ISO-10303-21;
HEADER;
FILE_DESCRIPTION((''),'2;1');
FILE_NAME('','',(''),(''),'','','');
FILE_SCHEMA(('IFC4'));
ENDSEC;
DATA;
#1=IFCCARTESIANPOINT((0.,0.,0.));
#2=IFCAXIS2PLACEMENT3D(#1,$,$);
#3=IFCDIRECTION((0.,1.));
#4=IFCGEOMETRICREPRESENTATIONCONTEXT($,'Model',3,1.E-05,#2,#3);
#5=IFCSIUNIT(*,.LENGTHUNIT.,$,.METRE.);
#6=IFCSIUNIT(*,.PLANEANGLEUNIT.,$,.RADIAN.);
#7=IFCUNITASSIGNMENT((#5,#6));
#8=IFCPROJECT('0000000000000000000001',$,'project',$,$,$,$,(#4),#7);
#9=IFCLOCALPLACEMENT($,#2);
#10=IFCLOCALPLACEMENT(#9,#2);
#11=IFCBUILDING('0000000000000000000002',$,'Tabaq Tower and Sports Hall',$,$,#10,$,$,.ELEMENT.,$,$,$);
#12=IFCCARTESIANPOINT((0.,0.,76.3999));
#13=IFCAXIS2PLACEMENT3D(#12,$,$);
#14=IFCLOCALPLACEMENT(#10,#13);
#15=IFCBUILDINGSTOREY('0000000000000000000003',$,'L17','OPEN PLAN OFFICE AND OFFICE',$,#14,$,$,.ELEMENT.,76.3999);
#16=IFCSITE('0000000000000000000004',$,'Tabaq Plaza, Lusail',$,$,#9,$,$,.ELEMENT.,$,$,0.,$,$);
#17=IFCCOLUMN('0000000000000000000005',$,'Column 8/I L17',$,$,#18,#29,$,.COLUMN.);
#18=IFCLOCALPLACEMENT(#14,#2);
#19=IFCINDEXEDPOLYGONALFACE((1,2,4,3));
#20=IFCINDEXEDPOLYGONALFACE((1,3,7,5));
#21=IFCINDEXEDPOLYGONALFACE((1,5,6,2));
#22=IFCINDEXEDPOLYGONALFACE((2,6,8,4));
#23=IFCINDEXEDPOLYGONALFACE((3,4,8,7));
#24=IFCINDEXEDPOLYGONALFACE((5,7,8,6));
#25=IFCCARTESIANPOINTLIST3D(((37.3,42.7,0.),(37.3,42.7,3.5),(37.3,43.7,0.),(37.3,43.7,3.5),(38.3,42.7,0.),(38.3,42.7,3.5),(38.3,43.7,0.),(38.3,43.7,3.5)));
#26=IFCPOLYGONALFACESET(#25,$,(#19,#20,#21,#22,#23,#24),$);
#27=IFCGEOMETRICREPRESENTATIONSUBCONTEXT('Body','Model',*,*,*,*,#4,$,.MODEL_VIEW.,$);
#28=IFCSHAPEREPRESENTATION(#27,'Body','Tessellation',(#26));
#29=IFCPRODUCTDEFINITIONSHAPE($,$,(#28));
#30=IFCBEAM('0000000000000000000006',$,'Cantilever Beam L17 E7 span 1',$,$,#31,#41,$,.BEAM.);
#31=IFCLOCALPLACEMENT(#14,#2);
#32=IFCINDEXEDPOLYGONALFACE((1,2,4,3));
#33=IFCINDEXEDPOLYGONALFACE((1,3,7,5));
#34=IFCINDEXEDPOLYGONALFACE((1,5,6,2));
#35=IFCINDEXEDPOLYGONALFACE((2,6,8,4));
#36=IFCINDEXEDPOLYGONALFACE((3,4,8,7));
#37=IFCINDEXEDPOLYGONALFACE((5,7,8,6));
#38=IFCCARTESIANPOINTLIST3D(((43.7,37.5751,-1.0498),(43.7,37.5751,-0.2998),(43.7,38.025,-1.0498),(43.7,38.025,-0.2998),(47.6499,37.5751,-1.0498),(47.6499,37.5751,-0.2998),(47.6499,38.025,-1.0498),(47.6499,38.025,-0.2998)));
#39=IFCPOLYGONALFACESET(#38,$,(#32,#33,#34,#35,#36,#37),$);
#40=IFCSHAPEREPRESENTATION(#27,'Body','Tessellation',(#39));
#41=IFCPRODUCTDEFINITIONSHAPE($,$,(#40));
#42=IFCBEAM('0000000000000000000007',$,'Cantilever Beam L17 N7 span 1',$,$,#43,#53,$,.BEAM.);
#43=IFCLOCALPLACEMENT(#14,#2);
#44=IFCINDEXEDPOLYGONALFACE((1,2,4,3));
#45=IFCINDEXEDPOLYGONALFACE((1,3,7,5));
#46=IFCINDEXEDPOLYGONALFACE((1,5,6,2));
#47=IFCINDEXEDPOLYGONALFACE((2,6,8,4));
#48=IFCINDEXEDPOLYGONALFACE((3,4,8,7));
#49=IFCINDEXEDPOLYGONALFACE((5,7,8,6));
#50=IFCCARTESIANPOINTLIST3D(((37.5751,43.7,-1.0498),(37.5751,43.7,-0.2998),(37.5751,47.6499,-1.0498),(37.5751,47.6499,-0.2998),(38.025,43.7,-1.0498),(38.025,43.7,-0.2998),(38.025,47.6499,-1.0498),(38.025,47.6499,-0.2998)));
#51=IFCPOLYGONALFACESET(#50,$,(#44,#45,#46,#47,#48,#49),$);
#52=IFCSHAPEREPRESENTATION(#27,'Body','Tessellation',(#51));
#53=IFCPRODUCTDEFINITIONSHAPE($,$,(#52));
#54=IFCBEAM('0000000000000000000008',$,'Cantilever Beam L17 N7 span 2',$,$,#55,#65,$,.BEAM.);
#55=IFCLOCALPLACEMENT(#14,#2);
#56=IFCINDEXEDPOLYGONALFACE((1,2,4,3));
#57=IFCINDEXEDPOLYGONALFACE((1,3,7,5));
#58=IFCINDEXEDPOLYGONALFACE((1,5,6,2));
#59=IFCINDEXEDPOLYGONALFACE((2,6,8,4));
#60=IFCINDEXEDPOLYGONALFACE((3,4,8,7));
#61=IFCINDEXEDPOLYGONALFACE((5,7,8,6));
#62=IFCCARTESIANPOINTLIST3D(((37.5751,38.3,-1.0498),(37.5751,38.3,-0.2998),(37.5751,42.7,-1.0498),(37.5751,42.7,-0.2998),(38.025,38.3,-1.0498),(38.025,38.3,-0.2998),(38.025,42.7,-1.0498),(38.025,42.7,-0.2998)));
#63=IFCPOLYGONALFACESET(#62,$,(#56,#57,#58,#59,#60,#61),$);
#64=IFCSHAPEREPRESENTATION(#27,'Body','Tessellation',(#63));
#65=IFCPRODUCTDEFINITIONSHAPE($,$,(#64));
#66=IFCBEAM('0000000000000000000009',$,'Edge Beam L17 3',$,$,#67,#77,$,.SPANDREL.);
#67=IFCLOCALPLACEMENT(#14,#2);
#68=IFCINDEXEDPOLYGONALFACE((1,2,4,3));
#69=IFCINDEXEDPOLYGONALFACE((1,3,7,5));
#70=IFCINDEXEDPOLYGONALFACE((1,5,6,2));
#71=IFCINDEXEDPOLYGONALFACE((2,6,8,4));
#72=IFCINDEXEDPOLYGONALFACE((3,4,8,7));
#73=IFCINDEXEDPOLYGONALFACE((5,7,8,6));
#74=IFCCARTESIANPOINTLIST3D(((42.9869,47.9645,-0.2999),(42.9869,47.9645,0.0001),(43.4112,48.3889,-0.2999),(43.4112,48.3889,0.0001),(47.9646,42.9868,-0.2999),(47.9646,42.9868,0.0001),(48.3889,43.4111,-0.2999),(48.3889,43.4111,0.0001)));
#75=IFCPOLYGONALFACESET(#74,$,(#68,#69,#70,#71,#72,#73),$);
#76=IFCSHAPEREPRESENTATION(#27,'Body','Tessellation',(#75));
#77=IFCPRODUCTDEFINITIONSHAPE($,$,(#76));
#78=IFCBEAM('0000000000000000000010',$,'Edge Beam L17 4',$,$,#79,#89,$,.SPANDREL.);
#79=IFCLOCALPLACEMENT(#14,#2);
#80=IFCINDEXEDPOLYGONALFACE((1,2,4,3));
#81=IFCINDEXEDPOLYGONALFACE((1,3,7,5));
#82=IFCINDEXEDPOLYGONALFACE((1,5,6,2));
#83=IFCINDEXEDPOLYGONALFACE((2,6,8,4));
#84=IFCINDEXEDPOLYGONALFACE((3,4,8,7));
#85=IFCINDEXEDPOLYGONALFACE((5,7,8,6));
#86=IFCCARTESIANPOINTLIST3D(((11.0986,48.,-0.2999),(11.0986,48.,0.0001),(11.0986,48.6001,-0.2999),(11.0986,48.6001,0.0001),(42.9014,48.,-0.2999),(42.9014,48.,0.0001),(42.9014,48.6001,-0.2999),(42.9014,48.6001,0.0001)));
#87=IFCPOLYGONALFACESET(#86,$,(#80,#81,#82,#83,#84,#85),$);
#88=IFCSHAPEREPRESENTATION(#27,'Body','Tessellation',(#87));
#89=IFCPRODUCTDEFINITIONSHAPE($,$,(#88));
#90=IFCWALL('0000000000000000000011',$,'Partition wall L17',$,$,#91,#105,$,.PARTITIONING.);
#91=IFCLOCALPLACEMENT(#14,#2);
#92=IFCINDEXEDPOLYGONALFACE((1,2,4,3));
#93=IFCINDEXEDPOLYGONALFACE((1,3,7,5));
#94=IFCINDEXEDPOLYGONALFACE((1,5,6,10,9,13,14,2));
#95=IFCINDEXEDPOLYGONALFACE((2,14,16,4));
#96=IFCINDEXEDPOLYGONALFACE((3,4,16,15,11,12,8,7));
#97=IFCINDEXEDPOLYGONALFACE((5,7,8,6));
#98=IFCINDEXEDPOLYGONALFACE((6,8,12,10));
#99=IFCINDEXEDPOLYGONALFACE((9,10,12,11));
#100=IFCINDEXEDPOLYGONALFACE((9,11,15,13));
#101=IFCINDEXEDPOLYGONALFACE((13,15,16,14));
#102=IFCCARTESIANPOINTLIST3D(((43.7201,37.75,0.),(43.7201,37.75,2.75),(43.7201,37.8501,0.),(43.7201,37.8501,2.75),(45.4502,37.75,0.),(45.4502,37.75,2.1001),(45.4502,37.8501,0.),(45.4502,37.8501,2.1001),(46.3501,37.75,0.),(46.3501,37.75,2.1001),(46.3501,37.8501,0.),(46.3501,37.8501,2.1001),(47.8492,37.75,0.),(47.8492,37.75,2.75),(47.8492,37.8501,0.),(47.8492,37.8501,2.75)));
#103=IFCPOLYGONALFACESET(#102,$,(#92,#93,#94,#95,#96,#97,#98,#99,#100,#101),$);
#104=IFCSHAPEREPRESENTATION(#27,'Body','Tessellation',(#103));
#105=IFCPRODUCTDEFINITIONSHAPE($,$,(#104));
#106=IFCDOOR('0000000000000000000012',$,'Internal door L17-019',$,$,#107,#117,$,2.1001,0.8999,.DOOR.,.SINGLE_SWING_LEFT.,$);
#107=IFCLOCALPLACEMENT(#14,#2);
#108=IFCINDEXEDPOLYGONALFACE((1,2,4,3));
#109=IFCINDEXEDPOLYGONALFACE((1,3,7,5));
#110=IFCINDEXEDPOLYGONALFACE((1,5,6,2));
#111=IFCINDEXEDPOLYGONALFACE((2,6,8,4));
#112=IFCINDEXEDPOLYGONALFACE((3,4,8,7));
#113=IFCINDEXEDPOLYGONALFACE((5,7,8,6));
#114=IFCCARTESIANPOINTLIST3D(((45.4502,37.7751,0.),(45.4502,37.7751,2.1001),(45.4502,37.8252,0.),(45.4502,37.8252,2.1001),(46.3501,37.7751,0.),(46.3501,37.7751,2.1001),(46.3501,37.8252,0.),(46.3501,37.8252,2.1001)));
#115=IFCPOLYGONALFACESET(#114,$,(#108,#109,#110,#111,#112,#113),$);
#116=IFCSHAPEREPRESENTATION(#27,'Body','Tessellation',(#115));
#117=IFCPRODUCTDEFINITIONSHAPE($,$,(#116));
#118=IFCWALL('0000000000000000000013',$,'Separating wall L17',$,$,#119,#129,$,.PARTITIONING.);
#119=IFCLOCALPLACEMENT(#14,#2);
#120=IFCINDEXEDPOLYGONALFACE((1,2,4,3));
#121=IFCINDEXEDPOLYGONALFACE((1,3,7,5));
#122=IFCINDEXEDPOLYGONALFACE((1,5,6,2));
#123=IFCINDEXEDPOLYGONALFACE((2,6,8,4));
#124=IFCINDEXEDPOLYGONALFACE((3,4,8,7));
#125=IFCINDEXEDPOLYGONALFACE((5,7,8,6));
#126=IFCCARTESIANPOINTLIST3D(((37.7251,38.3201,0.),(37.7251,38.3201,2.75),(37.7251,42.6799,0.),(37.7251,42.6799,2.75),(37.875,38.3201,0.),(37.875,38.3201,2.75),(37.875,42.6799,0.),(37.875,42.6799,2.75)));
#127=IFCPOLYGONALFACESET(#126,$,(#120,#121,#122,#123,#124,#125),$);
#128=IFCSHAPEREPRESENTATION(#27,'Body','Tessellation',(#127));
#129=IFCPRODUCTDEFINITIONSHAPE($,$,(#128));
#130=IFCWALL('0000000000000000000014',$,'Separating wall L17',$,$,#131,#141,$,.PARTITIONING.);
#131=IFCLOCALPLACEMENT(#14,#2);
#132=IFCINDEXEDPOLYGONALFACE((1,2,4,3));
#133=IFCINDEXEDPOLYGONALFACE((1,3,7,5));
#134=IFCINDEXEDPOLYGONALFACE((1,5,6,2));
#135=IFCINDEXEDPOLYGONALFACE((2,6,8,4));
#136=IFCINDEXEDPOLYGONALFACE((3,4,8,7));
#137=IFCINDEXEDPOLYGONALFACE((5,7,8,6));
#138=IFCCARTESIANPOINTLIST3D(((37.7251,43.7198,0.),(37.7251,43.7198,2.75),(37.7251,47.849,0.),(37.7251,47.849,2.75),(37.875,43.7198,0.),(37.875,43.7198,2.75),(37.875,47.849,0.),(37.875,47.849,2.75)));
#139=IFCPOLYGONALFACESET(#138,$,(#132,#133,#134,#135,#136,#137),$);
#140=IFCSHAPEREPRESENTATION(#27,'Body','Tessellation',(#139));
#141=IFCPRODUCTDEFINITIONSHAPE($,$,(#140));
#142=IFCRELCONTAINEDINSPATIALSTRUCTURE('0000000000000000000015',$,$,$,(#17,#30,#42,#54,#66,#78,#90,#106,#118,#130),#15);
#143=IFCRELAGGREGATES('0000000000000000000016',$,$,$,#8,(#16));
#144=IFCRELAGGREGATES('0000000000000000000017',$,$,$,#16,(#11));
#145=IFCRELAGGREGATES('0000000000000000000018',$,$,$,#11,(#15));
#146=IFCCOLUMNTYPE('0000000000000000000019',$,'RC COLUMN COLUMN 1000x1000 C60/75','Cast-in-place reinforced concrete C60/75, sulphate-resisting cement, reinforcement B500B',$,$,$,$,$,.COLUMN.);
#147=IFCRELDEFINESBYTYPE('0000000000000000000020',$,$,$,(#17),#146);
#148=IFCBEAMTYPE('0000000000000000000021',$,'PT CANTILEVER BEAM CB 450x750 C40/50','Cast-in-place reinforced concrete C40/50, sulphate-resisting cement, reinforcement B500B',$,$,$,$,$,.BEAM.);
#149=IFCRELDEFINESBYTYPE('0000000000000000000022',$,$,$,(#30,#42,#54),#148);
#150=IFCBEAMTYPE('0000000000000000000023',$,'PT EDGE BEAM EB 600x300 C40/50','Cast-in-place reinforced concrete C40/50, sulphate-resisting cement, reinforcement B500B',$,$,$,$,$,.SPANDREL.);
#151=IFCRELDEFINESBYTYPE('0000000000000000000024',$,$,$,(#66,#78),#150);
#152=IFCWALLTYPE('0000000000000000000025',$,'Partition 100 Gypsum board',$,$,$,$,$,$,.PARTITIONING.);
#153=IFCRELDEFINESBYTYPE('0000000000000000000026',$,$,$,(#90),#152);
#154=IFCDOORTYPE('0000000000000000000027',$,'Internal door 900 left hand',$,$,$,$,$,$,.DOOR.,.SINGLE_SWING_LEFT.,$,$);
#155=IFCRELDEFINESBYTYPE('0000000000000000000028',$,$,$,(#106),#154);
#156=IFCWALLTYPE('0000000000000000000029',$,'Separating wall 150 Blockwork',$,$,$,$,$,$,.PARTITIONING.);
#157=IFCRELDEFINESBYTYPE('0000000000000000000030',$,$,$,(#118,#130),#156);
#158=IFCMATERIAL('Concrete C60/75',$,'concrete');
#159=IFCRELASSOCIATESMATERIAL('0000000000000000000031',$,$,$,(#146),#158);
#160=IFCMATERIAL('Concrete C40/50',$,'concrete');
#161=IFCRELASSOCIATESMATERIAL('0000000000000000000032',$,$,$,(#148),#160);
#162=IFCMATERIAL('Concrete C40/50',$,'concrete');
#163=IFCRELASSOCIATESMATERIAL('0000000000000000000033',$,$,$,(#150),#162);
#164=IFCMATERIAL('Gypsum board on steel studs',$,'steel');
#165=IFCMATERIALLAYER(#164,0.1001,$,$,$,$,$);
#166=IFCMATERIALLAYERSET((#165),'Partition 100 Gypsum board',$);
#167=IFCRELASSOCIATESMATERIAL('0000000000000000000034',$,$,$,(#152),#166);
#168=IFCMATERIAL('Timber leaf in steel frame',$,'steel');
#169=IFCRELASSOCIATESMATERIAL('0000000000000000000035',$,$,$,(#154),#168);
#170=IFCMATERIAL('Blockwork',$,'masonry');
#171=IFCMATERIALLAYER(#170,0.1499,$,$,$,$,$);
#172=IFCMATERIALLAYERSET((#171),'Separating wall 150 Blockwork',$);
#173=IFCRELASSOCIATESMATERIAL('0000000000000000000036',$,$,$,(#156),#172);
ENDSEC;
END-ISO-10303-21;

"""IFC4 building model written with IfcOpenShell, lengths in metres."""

from ifc_helpers import new_model, si_unit, direction, frame, frame_2d, origin, origin_2d, place, context, subcontext, project, spatial, rectangle, extrude, material, layer, layer_set, material_profile, profile_set, type_object, element, fill, save


model = new_model("IFC4")

# Units and contexts
model_context = context("Model", 3, precision=1e-05, world=origin(), true_north=direction((0.0, 1.0)))
body_context = subcontext(model_context, "Body", "Model", "MODEL_VIEW")
ifc_project = project(units=[si_unit("LENGTHUNIT", "METRE"), si_unit("PLANEANGLEUNIT", "RADIAN")], contexts=[model_context])

# Site, building, storey
site_placement = place(None, origin())
site = spatial("IfcSite", under=ifc_project, at=site_placement, Name="Tabaq Plaza, Lusail", CompositionType="ELEMENT", RefElevation=0.0)
building_placement = place(site_placement, origin())
building = spatial("IfcBuilding", under=site, at=building_placement, Name="Tabaq Tower and Sports Hall", CompositionType="ELEMENT")
storey_placement = place(building_placement, frame((0.0, 0.0, 76.3999)))
storey = spatial("IfcBuildingStorey", under=building, at=storey_placement, Name="L17", Description="OPEN PLAN OFFICE AND OFFICE", CompositionType="ELEMENT", Elevation=76.3999)

# Column
ifc_material_1 = material(Name="Concrete C60/75", Category="concrete")
ifc_material_profile_1 = material_profile(ifc_material_1, rectangle(XDim=1.0, YDim=1.0, at=origin_2d()), Name="COLUMN 1000x1000")
ifc_profile_set_1 = profile_set([ifc_material_profile_1], Name="Concrete C60/75")
column_type = type_object("IfcColumnType", Name="RC COLUMN COLUMN 1000x1000 C60/75", Description="Cast-in-place reinforced concrete C60/75, sulphate-resisting cement, reinforcement B500B", PredefinedType="COLUMN", material=ifc_profile_set_1)
column_placement = place(storey_placement, frame((37.8, 43.2, 0.0), z_axis=(0.0, 0.0, 1.0), x_axis=(1.0, 0.0, 0.0)))
element("IfcColumn", 1, at=column_placement, inside=storey, type_object=column_type, Name="Column 8/I L17", PredefinedType="COLUMN", context=body_context, shape_type="SweptSolid", body=[
    extrude(rectangle(XDim=1.0, YDim=1.0, at=origin_2d()), origin(), (0.0, 0.0, 1.0), 3.5),
])

# Beams
ifc_material_2 = material(Name="Concrete C40/50", Category="concrete")
ifc_material_profile_2 = material_profile(ifc_material_2, rectangle(XDim=0.45, YDim=0.75, at=origin_2d()), Name="CB 450x750")
ifc_profile_set_2 = profile_set([ifc_material_profile_2], Name="Concrete C40/50")
beam_type_1 = type_object("IfcBeamType", Name="PT CANTILEVER BEAM CB 450x750 C40/50", Description="Cast-in-place reinforced concrete C40/50, sulphate-resisting cement, reinforcement B500B", PredefinedType="BEAM", material=ifc_profile_set_2)
for number, where, z_axis, x_axis, name in (
    (2, (47.6499, 37.8, -0.6748), (-1.0, 0.0, 0.0), (0.0, -1.0, 0.0), "Cantilever Beam L17 E7 span 1"),
    (3, (37.8, 47.6499, -0.6748), (0.0, -1.0, 0.0), (1.0, 0.0, 0.0), "Cantilever Beam L17 N7 span 1"),
):
    element("IfcBeam", number, at=place(storey_placement, frame(where, z_axis=z_axis, x_axis=x_axis)), inside=storey, type_object=beam_type_1, Name=name, PredefinedType="BEAM", context=body_context, shape_type="SweptSolid", body=[
        extrude(rectangle(XDim=0.45, YDim=0.75, at=origin_2d()), origin(), (0.0, 0.0, 1.0), 3.95),
    ])
beam_1_placement = place(storey_placement, frame((37.8, 42.7, -0.6748), z_axis=(0.0, -1.0, 0.0), x_axis=(1.0, 0.0, 0.0)))
element("IfcBeam", 4, at=beam_1_placement, inside=storey, type_object=beam_type_1, Name="Cantilever Beam L17 N7 span 2", PredefinedType="BEAM", context=body_context, shape_type="SweptSolid", body=[
    extrude(rectangle(XDim=0.45, YDim=0.75, at=origin_2d()), origin(), (0.0, 0.0, 1.0), 4.3999),
])
ifc_material_3 = material(Name="Concrete C40/50", Category="concrete")
ifc_material_profile_3 = material_profile(ifc_material_3, rectangle(XDim=0.6001, YDim=0.3, at=origin_2d()), Name="EB 600x300")
ifc_profile_set_3 = profile_set([ifc_material_profile_3], Name="Concrete C40/50")
beam_type_2 = type_object("IfcBeamType", Name="PT EDGE BEAM EB 600x300 C40/50", Description="Cast-in-place reinforced concrete C40/50, sulphate-resisting cement, reinforcement B500B", PredefinedType="SPANDREL", material=ifc_profile_set_3)
beam_2_placement = place(storey_placement, frame((48.1768, 43.199, -0.1499), z_axis=(-0.707107, 0.707107, 0.0), x_axis=(-0.707107, -0.707107, 0.0)))
element("IfcBeam", 5, at=beam_2_placement, inside=storey, type_object=beam_type_2, Name="Edge Beam L17 3", PredefinedType="SPANDREL", context=body_context, shape_type="SweptSolid", body=[
    extrude(rectangle(XDim=0.6001, YDim=0.3, at=origin_2d()), origin(), (0.0, 0.0, 1.0), 7.0396),
])
beam_3_placement = place(storey_placement, frame((42.9014, 48.3, -0.1499), z_axis=(-1.0, 0.0, 0.0), x_axis=(0.0, -1.0, 0.0)))
element("IfcBeam", 6, at=beam_3_placement, inside=storey, type_object=beam_type_2, Name="Edge Beam L17 4", PredefinedType="SPANDREL", context=body_context, shape_type="SweptSolid", body=[
    extrude(rectangle(XDim=0.6001, YDim=0.3, at=origin_2d()), origin(), (0.0, 0.0, 1.0), 31.8027),
])

# Wall, opening, door
ifc_material_4 = material(Name="Gypsum board on steel studs", Category="steel")
ifc_layer_1 = layer(ifc_material_4, 0.1001)
ifc_layer_set_1 = layer_set([ifc_layer_1], Name="Partition 100 Gypsum board")
wall_type_1 = type_object("IfcWallType", Name="Partition 100 Gypsum board", PredefinedType="PARTITIONING", material=ifc_layer_set_1)
wall_1_placement = place(storey_placement, frame((47.8491, 37.8, 0.0), z_axis=(0.0, 0.0, 1.0), x_axis=(-1.0, 0.0, 0.0)))
wall_1 = element("IfcWall", 7, at=wall_1_placement, inside=storey, type_object=wall_type_1, Name="Partition wall L17", PredefinedType="PARTITIONING", context=body_context, shape_type="SweptSolid", body=[
    extrude(rectangle(XDim=4.1292, YDim=0.1001, at=frame_2d((2.0645, 0.0))), origin(), (0.0, 0.0, 1.0), 2.75),
])
opening_1_placement = place(wall_1_placement, frame((1.499, 0.0, 0.0)))
opening_1 = element("IfcOpeningElement", 8, at=opening_1_placement, cuts=wall_1, PredefinedType="OPENING", context=body_context, shape_type="SweptSolid", body=[
    extrude(rectangle(XDim=0.8999, YDim=2.1001, at=frame_2d((0.45, 1.05))), frame((0.0, 0.05, 0.0), z_axis=(0.0, -1.0, 0.0), x_axis=(1.0, 0.0, 0.0)), (0.0, 0.0, 1.0), 0.1001),
])
ifc_material_5 = material(Name="Timber leaf in steel frame", Category="steel")
door_type = type_object("IfcDoorType", Name="Internal door 900 left hand", OperationType="SINGLE_SWING_LEFT", PredefinedType="DOOR", material=ifc_material_5)
door_placement = place(opening_1_placement, origin())
door = element("IfcDoor", 9, at=door_placement, inside=storey, type_object=door_type, Name="Internal door L17-019", OperationType="SINGLE_SWING_LEFT", OverallHeight=2.1001, OverallWidth=0.8999, PredefinedType="DOOR", context=body_context, shape_type="SweptSolid", body=[
    extrude(rectangle(XDim=0.8999, YDim=2.1001, at=frame_2d((0.45, 1.05))), frame((0.0, 0.0249, 0.0), z_axis=(0.0, -1.0, 0.0), x_axis=(1.0, 0.0, 0.0)), (0.0, 0.0, 1.0), 0.05),
])
fill(opening_1, door)

# Walls
ifc_material_6 = material(Name="Blockwork", Category="masonry")
ifc_layer_2 = layer(ifc_material_6, 0.1499)
ifc_layer_set_2 = layer_set([ifc_layer_2], Name="Separating wall 150 Blockwork")
wall_type_2 = type_object("IfcWallType", Name="Separating wall 150 Blockwork", PredefinedType="PARTITIONING", material=ifc_layer_set_2)
wall_2_placement = place(storey_placement, frame((37.8, 38.3201, 0.0), z_axis=(0.0, 0.0, 1.0), x_axis=(0.0, 1.0, 0.0)))
element("IfcWall", 10, at=wall_2_placement, inside=storey, type_object=wall_type_2, Name="Separating wall L17", PredefinedType="PARTITIONING", context=body_context, shape_type="SweptSolid", body=[
    extrude(rectangle(XDim=4.3599, YDim=0.1499, at=frame_2d((2.1799, 0.0))), origin(), (0.0, 0.0, 1.0), 2.75),
])
wall_3_placement = place(storey_placement, frame((37.8, 43.72, 0.0), z_axis=(0.0, 0.0, 1.0), x_axis=(0.0, 1.0, 0.0)))
element("IfcWall", 11, at=wall_3_placement, inside=storey, type_object=wall_type_2, Name="Separating wall L17", PredefinedType="PARTITIONING", context=body_context, shape_type="SweptSolid", body=[
    extrude(rectangle(XDim=4.1292, YDim=0.1499, at=frame_2d((2.0645, 0.0))), origin(), (0.0, 0.0, 1.0), 2.75),
])

save(model, "model.ifc")
